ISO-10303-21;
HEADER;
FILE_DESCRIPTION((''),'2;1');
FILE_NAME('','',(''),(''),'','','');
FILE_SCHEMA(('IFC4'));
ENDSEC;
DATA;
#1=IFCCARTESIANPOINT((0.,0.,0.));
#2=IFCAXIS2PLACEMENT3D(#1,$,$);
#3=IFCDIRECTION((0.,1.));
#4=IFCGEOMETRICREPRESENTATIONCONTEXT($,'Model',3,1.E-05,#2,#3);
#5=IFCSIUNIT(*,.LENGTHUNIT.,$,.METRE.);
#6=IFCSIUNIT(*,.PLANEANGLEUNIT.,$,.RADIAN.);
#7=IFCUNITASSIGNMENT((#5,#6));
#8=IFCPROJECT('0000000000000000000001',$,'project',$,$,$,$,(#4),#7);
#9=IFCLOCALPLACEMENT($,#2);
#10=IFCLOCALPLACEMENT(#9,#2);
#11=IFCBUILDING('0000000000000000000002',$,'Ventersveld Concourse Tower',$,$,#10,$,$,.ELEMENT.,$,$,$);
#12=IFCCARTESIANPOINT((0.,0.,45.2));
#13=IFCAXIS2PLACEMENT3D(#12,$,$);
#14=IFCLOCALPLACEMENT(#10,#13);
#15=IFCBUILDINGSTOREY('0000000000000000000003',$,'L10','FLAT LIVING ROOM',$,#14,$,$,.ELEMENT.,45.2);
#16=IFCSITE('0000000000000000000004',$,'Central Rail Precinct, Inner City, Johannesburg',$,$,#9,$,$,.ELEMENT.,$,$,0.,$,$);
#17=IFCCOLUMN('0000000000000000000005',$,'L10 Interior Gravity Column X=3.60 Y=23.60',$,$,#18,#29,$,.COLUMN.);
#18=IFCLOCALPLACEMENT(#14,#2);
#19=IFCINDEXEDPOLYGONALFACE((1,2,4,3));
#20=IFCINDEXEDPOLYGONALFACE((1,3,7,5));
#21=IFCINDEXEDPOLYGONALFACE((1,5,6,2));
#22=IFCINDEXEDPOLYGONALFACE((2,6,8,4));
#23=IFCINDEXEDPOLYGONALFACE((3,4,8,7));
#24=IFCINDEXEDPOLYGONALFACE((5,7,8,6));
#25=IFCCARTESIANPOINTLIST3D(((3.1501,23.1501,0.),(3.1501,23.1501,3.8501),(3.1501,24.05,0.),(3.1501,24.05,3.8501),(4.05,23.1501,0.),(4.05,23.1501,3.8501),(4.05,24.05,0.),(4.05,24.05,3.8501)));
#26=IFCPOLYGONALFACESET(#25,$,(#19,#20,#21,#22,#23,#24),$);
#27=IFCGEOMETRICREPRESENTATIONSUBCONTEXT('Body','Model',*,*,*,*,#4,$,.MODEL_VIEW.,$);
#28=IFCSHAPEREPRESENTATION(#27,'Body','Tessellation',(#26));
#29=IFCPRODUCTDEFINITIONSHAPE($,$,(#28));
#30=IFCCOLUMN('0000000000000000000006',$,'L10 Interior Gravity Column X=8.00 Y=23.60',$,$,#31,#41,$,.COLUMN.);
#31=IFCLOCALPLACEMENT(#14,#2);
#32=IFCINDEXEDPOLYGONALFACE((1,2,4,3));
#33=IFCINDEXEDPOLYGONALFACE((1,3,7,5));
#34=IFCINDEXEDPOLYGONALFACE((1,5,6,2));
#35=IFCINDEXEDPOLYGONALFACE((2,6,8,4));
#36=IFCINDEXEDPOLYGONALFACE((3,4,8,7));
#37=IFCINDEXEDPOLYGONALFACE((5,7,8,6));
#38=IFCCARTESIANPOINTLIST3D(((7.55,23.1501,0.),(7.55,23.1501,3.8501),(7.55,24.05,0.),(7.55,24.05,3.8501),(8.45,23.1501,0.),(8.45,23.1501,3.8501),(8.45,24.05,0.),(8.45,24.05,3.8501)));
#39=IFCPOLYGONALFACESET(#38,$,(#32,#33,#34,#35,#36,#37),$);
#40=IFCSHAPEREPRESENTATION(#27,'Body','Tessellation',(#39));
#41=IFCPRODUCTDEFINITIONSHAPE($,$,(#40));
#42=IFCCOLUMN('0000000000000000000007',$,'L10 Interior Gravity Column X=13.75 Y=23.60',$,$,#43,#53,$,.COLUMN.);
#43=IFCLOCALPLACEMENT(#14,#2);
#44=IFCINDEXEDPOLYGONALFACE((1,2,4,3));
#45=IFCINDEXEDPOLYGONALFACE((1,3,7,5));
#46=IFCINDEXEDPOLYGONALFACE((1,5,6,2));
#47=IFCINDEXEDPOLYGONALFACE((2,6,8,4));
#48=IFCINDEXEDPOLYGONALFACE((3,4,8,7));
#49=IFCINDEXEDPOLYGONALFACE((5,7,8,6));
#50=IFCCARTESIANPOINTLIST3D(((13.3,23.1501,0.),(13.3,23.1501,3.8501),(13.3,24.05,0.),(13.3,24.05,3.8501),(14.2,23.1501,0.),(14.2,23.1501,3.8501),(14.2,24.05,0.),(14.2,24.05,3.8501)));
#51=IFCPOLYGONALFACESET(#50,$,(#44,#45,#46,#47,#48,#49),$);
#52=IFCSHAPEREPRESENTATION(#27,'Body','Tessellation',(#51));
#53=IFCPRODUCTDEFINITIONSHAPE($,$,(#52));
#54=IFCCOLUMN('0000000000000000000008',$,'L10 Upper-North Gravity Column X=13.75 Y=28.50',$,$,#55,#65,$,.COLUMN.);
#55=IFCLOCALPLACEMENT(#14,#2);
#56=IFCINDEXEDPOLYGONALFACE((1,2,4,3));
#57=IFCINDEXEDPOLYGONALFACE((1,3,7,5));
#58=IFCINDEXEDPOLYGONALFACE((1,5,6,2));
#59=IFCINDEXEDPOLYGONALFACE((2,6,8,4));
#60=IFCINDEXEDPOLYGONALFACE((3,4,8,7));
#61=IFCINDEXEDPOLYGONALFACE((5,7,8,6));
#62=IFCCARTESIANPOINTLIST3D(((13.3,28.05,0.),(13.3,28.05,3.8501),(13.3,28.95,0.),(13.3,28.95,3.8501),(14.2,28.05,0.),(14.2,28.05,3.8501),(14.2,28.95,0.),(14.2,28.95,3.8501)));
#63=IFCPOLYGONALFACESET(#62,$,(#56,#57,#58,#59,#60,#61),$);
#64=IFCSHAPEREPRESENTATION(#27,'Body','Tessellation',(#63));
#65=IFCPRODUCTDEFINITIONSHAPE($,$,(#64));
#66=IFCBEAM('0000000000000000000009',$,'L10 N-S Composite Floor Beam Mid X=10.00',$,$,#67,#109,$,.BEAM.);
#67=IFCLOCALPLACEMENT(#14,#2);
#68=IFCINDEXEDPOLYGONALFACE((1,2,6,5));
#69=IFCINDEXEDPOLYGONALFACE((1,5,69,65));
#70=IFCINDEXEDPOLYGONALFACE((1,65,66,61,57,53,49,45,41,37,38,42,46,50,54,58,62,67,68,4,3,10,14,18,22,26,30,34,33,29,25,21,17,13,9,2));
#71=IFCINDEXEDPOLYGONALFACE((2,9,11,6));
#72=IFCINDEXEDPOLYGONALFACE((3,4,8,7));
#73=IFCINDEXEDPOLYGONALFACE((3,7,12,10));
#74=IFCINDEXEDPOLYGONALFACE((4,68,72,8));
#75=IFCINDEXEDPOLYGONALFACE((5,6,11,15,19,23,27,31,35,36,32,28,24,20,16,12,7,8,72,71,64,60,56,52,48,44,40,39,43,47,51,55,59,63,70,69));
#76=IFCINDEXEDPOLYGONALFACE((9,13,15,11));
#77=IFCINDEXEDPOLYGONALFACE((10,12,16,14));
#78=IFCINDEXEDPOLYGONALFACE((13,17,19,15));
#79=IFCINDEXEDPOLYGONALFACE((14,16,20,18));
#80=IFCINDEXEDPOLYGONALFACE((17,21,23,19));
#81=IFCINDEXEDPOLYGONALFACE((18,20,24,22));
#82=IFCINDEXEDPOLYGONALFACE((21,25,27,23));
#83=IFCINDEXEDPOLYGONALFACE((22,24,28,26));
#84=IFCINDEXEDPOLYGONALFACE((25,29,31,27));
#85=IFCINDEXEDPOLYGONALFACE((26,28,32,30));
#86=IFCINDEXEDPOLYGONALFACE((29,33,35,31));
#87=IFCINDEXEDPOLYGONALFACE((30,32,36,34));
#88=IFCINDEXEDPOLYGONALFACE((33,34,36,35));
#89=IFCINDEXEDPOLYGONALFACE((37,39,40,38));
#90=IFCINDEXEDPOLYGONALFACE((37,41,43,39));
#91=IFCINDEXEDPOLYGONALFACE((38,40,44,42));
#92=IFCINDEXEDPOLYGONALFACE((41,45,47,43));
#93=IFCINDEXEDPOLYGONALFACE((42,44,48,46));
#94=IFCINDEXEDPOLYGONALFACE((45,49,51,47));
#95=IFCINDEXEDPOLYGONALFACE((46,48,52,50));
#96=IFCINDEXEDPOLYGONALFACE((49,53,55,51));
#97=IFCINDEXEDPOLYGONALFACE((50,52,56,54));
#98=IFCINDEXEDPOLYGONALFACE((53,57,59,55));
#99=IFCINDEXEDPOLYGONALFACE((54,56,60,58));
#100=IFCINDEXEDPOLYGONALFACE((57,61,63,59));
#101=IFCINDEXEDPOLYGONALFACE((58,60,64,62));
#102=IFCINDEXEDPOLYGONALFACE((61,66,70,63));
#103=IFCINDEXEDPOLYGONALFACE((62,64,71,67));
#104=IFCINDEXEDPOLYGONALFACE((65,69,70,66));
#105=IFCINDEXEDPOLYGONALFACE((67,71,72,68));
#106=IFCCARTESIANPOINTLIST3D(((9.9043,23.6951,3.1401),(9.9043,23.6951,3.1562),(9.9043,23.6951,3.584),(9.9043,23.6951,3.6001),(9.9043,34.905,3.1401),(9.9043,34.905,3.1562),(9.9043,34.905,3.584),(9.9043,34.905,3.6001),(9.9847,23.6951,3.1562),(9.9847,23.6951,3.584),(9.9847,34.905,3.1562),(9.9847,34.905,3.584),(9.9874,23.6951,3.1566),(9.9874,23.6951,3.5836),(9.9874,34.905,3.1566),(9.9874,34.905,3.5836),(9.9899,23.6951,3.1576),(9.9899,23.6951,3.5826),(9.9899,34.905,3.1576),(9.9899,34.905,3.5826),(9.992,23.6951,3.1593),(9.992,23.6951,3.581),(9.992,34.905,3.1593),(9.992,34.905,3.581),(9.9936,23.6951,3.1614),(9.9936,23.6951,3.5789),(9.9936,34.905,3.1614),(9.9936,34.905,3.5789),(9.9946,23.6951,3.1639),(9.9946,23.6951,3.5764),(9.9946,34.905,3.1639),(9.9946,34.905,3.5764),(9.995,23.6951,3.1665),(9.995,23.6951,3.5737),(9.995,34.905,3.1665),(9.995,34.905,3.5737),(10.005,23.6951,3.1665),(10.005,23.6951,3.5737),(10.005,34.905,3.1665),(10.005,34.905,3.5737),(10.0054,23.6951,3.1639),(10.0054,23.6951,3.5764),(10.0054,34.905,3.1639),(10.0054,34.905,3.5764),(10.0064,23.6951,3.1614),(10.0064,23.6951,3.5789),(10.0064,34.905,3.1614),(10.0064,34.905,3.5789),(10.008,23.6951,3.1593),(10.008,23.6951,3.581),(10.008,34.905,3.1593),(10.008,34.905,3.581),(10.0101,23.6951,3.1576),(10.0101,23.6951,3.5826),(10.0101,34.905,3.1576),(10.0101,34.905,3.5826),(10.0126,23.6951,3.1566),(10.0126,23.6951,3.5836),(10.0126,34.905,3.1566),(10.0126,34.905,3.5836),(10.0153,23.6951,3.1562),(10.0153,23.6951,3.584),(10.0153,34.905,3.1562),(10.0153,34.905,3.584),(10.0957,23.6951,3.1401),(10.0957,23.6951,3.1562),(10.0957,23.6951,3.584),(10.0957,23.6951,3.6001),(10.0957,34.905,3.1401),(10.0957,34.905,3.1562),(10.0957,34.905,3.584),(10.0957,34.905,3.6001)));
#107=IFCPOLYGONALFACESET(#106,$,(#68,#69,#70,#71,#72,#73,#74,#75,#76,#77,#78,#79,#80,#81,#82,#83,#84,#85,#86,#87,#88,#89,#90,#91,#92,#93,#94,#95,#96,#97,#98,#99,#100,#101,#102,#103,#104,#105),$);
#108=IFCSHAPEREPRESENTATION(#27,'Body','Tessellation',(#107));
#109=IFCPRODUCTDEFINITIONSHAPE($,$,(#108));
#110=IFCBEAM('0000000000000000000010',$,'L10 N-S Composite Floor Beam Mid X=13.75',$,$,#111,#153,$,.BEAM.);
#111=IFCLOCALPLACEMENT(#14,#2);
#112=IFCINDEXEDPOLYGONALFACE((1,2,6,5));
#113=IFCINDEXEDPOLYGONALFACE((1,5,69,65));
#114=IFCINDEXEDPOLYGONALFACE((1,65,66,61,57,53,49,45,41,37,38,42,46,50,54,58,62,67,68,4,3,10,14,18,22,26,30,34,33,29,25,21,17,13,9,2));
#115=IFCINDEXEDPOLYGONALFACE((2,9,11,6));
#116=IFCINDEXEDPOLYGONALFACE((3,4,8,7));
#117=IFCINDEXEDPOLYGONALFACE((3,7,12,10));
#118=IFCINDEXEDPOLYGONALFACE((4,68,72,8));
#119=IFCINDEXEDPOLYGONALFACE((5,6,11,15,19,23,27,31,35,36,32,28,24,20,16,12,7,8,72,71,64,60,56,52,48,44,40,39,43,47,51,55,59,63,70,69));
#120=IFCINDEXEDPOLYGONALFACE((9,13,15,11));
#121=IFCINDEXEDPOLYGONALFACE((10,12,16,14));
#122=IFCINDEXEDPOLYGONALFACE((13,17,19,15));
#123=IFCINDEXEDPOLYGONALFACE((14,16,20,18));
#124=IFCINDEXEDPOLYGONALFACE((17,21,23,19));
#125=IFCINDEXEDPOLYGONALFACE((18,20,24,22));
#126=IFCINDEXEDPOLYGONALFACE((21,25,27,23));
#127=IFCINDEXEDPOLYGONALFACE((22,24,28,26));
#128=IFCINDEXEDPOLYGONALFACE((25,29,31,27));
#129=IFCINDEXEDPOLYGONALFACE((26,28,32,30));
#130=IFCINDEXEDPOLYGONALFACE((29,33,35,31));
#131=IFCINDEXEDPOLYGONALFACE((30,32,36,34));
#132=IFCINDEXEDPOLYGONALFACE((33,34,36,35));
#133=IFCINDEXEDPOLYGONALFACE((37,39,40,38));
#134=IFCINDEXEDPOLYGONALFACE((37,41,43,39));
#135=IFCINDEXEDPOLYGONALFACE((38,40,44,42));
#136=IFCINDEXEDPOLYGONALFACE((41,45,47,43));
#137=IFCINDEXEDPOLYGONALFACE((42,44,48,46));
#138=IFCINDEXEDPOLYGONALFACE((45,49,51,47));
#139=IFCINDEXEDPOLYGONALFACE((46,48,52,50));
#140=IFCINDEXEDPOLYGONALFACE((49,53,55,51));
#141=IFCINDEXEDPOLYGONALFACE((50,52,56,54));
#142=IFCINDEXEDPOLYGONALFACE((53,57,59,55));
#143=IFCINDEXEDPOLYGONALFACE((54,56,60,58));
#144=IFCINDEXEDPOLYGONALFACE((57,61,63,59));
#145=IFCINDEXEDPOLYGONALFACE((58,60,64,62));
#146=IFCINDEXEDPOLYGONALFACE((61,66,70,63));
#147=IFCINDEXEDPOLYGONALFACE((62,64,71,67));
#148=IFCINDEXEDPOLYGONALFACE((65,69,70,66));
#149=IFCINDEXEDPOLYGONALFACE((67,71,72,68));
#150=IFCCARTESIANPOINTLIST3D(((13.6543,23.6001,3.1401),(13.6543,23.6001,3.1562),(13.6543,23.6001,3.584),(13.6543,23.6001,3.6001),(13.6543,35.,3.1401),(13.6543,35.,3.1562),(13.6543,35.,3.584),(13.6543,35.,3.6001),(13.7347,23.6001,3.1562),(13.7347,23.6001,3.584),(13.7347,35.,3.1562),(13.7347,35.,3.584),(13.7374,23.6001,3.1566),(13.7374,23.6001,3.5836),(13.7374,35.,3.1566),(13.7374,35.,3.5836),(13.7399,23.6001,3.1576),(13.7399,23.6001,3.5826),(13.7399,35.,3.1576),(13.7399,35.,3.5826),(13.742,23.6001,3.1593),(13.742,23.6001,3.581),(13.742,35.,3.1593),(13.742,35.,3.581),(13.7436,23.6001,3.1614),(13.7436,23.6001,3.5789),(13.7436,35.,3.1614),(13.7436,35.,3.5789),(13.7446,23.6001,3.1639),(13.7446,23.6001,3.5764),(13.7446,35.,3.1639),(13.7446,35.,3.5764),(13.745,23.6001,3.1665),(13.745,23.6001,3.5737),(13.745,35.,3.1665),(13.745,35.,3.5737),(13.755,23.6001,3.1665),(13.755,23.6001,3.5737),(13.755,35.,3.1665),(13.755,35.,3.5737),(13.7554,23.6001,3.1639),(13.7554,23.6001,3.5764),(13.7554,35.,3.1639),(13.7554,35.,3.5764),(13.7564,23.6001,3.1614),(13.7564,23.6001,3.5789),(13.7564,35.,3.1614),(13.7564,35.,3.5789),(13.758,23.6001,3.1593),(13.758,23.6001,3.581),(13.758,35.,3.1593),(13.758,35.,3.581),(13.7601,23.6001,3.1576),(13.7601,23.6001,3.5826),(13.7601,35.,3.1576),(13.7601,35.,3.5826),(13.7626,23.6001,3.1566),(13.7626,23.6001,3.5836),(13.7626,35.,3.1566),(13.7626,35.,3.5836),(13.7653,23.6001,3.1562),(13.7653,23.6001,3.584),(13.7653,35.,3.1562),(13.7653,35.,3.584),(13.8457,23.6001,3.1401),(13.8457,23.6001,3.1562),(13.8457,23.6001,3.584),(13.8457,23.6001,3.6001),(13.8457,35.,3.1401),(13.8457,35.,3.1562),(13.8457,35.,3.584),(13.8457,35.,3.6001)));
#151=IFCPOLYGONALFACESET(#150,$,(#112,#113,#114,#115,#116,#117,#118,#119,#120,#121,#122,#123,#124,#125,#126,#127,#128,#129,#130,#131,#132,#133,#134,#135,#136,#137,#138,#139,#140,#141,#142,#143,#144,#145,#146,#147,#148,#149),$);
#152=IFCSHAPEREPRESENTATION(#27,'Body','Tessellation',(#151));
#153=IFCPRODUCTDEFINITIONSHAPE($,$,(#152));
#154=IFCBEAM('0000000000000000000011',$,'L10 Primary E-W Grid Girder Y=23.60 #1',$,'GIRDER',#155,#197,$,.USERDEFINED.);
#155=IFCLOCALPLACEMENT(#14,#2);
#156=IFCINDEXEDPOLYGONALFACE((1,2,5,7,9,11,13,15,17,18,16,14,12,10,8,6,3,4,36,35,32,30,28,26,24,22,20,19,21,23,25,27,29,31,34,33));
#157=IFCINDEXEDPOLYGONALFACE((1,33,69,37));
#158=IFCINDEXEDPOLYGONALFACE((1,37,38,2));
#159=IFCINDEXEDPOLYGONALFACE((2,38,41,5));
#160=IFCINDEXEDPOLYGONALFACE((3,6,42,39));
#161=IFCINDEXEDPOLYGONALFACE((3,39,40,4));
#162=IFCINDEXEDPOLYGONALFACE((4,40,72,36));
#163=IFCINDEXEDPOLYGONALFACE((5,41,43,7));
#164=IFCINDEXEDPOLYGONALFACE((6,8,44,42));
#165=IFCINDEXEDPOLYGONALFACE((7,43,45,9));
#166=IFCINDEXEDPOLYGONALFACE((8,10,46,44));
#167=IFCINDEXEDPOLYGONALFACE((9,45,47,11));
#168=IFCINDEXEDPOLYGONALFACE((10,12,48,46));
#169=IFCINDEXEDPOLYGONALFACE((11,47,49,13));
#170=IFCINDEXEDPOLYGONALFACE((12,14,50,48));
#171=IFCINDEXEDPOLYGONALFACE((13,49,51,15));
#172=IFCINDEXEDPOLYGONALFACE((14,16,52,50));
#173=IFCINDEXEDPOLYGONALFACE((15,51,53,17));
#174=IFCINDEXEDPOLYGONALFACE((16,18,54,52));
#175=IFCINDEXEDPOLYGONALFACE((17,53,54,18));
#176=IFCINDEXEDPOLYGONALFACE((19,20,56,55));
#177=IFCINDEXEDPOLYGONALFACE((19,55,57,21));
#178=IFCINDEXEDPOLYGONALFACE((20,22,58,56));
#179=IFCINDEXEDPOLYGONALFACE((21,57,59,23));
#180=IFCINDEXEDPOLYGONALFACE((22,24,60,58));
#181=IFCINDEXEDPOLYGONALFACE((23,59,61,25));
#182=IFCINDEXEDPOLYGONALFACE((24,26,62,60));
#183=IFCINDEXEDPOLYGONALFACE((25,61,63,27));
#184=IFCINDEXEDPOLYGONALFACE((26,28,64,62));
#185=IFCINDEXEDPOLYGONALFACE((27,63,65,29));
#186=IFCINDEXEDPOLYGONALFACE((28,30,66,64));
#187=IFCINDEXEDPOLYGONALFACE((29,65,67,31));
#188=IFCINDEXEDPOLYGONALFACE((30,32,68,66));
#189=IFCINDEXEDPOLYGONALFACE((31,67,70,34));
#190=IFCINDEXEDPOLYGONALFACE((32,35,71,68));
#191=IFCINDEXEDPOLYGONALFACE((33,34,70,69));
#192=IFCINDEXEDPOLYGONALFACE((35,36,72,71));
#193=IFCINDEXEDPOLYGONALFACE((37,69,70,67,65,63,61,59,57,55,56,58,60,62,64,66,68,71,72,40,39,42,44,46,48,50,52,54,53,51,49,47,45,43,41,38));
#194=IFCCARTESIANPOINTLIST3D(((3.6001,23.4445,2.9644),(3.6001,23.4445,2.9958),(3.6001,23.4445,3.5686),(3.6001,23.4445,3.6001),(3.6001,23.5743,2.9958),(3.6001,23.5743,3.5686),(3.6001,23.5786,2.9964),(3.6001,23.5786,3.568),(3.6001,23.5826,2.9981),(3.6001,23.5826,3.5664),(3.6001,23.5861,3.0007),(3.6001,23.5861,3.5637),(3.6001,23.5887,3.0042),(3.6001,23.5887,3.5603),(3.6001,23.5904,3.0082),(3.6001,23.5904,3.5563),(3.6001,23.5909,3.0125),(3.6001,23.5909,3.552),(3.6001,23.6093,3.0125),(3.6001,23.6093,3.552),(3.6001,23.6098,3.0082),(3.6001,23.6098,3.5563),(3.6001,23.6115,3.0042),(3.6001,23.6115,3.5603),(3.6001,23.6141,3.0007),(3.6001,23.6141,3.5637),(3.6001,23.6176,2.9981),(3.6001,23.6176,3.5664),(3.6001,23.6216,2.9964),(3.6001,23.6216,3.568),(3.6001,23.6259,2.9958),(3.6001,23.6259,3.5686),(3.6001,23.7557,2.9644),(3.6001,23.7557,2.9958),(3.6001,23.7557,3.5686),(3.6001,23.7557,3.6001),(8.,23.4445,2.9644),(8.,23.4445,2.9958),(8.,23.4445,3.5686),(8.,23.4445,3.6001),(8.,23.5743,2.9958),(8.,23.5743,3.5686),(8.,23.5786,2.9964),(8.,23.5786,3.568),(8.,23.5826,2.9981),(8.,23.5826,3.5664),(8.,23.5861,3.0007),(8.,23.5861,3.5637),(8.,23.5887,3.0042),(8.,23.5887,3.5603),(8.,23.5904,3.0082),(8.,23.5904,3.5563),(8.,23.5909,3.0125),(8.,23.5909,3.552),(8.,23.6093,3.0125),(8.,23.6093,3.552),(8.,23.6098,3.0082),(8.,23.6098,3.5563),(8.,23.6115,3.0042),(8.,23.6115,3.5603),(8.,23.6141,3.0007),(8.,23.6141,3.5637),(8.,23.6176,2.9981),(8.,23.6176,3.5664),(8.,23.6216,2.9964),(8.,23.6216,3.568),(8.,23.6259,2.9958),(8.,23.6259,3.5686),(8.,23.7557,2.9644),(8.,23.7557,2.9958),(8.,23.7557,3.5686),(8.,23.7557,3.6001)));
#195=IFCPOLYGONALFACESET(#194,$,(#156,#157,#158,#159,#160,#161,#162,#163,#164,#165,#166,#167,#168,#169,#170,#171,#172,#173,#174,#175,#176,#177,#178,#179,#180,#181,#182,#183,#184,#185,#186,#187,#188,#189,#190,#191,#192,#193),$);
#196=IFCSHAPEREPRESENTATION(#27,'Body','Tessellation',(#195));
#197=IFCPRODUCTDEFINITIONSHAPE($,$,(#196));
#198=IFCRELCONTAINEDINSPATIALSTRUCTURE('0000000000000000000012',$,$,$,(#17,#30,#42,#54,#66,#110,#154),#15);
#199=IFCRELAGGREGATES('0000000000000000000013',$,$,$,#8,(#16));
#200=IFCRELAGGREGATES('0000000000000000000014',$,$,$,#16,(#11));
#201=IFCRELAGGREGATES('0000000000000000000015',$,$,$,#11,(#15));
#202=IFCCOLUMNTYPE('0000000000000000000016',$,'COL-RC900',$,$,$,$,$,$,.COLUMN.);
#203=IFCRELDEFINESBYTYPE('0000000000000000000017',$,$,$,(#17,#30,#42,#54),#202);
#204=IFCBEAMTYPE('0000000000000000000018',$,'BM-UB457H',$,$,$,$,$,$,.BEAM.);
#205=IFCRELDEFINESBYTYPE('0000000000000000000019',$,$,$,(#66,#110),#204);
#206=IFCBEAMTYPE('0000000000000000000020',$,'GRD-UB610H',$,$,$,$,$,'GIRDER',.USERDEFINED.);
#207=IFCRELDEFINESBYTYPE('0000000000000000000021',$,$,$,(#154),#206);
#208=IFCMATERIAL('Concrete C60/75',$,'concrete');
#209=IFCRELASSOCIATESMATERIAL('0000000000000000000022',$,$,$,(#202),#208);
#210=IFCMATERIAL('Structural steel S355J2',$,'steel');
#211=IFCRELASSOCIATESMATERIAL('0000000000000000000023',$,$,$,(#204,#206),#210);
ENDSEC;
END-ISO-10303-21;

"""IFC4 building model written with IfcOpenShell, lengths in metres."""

from ifc_helpers import new_model, si_unit, direction, frame, origin, origin_2d, place, context, subcontext, project, spatial, rectangle, i_section, extrude, material, material_profile, profile_set, type_object, element, save


model = new_model("IFC4")

# Units and contexts
model_context = context("Model", 3, precision=1e-05, world=origin(), true_north=direction((0.0, 1.0)))
body_context = subcontext(model_context, "Body", "Model", "MODEL_VIEW")
ifc_project = project(units=[si_unit("LENGTHUNIT", "METRE"), si_unit("PLANEANGLEUNIT", "RADIAN")], contexts=[model_context])

# Site, building, storey
site_placement = place(None, origin())
site = spatial("IfcSite", under=ifc_project, at=site_placement, Name="Central Rail Precinct, Inner City, Johannesburg", CompositionType="ELEMENT", RefElevation=0.0)
building_placement = place(site_placement, origin())
building = spatial("IfcBuilding", under=site, at=building_placement, Name="Ventersveld Concourse Tower", CompositionType="ELEMENT")
storey_placement = place(building_placement, frame((0.0, 0.0, 45.2)))
storey = spatial("IfcBuildingStorey", under=building, at=storey_placement, Name="L10", Description="FLAT LIVING ROOM", CompositionType="ELEMENT", Elevation=45.2)

# Columns
ifc_material_1 = material(Name="Concrete C60/75", Category="concrete")
ifc_material_profile_1 = material_profile(ifc_material_1, rectangle(XDim=0.8999, YDim=0.8999, at=origin_2d()), Name="RC 900x900")
ifc_profile_set_1 = profile_set([ifc_material_profile_1], Name="Concrete C60/75")
column_type = type_object("IfcColumnType", Name="COL-RC900", PredefinedType="COLUMN", material=ifc_profile_set_1)
for number, where, z_axis, x_axis, name in (
    (1, (3.6001, 23.6001, 0.0), (0.0, 0.0, 1.0), (1.0, 0.0, 0.0), "L10 Interior Gravity Column X=3.60 Y=23.60"),
    (2, (8.0, 23.6001, 0.0), (0.0, 0.0, 1.0), (1.0, 0.0, 0.0), "L10 Interior Gravity Column X=8.00 Y=23.60"),
    (3, (13.75, 23.6001, 0.0), (0.0, 0.0, 1.0), (1.0, 0.0, 0.0), "L10 Interior Gravity Column X=13.75 Y=23.60"),
    (4, (13.75, 28.5, 0.0), (0.0, 0.0, 1.0), (1.0, 0.0, 0.0), "L10 Upper-North Gravity Column X=13.75 Y=28.50"),
):
    element("IfcColumn", number, at=place(storey_placement, frame(where, z_axis=z_axis, x_axis=x_axis)), inside=storey, type_object=column_type, Name=name, PredefinedType="COLUMN", context=body_context, shape_type="SweptSolid", body=[
        extrude(rectangle(XDim=0.8999, YDim=0.8999, at=origin_2d()), origin(), (0.0, 0.0, 1.0), 3.8501),
    ])

# Beams
ifc_material_2 = material(Name="Structural steel S355J2", Category="steel")
ifc_material_profile_2 = material_profile(ifc_material_2, i_section(OverallWidth=0.1914, OverallDepth=0.46, WebThickness=0.01, FlangeThickness=0.0161, FilletRadius=0.0103, at=origin_2d()), Name="UB 457x191x82")
ifc_profile_set_2 = profile_set([ifc_material_profile_2], Name="Structural steel S355J2")
beam_type_1 = type_object("IfcBeamType", Name="BM-UB457H", PredefinedType="BEAM", material=ifc_profile_set_2)
beam_1_placement = place(storey_placement, frame((10.0, 23.6951, 3.3701), z_axis=(0.0, 1.0, 0.0), x_axis=(-1.0, 0.0, 0.0)))
element("IfcBeam", 5, at=beam_1_placement, inside=storey, type_object=beam_type_1, Name="L10 N-S Composite Floor Beam Mid X=10.00", PredefinedType="BEAM", context=body_context, shape_type="SweptSolid", body=[
    extrude(i_section(OverallWidth=0.1914, OverallDepth=0.46, WebThickness=0.01, FlangeThickness=0.0161, FilletRadius=0.0103, at=origin_2d()), origin(), (0.0, 0.0, 1.0), 11.21),
])
beam_2_placement = place(storey_placement, frame((13.75, 23.6001, 3.3701), z_axis=(0.0, 1.0, 0.0), x_axis=(-1.0, 0.0, 0.0)))
element("IfcBeam", 6, at=beam_2_placement, inside=storey, type_object=beam_type_1, Name="L10 N-S Composite Floor Beam Mid X=13.75", PredefinedType="BEAM", context=body_context, shape_type="SweptSolid", body=[
    extrude(i_section(OverallWidth=0.1914, OverallDepth=0.46, WebThickness=0.01, FlangeThickness=0.0161, FilletRadius=0.0103, at=origin_2d()), origin(), (0.0, 0.0, 1.0), 11.3999),
])
ifc_material_profile_3 = material_profile(ifc_material_2, i_section(OverallWidth=0.3113, OverallDepth=0.6357, WebThickness=0.0183, FlangeThickness=0.0315, FilletRadius=0.0166, at=origin_2d()), Name="UB 610x305x238")
ifc_profile_set_3 = profile_set([ifc_material_profile_3], Name="Structural steel S355J2")
beam_type_2 = type_object("IfcBeamType", Name="GRD-UB610H", ElementType="GIRDER", PredefinedType="USERDEFINED", material=ifc_profile_set_3)
beam_3_placement = place(storey_placement, frame((3.6001, 23.6001, 3.2822), z_axis=(1.0, 0.0, 0.0), x_axis=(0.0, 1.0, 0.0)))
element("IfcBeam", 7, at=beam_3_placement, inside=storey, type_object=beam_type_2, Name="L10 Primary E-W Grid Girder Y=23.60 #1", ObjectType="GIRDER", PredefinedType="USERDEFINED", context=body_context, shape_type="SweptSolid", body=[
    extrude(i_section(OverallWidth=0.3113, OverallDepth=0.6357, WebThickness=0.0183, FlangeThickness=0.0315, FilletRadius=0.0166, at=origin_2d()), origin(), (0.0, 0.0, 1.0), 4.3999),
])

save(model, "model.ifc")
